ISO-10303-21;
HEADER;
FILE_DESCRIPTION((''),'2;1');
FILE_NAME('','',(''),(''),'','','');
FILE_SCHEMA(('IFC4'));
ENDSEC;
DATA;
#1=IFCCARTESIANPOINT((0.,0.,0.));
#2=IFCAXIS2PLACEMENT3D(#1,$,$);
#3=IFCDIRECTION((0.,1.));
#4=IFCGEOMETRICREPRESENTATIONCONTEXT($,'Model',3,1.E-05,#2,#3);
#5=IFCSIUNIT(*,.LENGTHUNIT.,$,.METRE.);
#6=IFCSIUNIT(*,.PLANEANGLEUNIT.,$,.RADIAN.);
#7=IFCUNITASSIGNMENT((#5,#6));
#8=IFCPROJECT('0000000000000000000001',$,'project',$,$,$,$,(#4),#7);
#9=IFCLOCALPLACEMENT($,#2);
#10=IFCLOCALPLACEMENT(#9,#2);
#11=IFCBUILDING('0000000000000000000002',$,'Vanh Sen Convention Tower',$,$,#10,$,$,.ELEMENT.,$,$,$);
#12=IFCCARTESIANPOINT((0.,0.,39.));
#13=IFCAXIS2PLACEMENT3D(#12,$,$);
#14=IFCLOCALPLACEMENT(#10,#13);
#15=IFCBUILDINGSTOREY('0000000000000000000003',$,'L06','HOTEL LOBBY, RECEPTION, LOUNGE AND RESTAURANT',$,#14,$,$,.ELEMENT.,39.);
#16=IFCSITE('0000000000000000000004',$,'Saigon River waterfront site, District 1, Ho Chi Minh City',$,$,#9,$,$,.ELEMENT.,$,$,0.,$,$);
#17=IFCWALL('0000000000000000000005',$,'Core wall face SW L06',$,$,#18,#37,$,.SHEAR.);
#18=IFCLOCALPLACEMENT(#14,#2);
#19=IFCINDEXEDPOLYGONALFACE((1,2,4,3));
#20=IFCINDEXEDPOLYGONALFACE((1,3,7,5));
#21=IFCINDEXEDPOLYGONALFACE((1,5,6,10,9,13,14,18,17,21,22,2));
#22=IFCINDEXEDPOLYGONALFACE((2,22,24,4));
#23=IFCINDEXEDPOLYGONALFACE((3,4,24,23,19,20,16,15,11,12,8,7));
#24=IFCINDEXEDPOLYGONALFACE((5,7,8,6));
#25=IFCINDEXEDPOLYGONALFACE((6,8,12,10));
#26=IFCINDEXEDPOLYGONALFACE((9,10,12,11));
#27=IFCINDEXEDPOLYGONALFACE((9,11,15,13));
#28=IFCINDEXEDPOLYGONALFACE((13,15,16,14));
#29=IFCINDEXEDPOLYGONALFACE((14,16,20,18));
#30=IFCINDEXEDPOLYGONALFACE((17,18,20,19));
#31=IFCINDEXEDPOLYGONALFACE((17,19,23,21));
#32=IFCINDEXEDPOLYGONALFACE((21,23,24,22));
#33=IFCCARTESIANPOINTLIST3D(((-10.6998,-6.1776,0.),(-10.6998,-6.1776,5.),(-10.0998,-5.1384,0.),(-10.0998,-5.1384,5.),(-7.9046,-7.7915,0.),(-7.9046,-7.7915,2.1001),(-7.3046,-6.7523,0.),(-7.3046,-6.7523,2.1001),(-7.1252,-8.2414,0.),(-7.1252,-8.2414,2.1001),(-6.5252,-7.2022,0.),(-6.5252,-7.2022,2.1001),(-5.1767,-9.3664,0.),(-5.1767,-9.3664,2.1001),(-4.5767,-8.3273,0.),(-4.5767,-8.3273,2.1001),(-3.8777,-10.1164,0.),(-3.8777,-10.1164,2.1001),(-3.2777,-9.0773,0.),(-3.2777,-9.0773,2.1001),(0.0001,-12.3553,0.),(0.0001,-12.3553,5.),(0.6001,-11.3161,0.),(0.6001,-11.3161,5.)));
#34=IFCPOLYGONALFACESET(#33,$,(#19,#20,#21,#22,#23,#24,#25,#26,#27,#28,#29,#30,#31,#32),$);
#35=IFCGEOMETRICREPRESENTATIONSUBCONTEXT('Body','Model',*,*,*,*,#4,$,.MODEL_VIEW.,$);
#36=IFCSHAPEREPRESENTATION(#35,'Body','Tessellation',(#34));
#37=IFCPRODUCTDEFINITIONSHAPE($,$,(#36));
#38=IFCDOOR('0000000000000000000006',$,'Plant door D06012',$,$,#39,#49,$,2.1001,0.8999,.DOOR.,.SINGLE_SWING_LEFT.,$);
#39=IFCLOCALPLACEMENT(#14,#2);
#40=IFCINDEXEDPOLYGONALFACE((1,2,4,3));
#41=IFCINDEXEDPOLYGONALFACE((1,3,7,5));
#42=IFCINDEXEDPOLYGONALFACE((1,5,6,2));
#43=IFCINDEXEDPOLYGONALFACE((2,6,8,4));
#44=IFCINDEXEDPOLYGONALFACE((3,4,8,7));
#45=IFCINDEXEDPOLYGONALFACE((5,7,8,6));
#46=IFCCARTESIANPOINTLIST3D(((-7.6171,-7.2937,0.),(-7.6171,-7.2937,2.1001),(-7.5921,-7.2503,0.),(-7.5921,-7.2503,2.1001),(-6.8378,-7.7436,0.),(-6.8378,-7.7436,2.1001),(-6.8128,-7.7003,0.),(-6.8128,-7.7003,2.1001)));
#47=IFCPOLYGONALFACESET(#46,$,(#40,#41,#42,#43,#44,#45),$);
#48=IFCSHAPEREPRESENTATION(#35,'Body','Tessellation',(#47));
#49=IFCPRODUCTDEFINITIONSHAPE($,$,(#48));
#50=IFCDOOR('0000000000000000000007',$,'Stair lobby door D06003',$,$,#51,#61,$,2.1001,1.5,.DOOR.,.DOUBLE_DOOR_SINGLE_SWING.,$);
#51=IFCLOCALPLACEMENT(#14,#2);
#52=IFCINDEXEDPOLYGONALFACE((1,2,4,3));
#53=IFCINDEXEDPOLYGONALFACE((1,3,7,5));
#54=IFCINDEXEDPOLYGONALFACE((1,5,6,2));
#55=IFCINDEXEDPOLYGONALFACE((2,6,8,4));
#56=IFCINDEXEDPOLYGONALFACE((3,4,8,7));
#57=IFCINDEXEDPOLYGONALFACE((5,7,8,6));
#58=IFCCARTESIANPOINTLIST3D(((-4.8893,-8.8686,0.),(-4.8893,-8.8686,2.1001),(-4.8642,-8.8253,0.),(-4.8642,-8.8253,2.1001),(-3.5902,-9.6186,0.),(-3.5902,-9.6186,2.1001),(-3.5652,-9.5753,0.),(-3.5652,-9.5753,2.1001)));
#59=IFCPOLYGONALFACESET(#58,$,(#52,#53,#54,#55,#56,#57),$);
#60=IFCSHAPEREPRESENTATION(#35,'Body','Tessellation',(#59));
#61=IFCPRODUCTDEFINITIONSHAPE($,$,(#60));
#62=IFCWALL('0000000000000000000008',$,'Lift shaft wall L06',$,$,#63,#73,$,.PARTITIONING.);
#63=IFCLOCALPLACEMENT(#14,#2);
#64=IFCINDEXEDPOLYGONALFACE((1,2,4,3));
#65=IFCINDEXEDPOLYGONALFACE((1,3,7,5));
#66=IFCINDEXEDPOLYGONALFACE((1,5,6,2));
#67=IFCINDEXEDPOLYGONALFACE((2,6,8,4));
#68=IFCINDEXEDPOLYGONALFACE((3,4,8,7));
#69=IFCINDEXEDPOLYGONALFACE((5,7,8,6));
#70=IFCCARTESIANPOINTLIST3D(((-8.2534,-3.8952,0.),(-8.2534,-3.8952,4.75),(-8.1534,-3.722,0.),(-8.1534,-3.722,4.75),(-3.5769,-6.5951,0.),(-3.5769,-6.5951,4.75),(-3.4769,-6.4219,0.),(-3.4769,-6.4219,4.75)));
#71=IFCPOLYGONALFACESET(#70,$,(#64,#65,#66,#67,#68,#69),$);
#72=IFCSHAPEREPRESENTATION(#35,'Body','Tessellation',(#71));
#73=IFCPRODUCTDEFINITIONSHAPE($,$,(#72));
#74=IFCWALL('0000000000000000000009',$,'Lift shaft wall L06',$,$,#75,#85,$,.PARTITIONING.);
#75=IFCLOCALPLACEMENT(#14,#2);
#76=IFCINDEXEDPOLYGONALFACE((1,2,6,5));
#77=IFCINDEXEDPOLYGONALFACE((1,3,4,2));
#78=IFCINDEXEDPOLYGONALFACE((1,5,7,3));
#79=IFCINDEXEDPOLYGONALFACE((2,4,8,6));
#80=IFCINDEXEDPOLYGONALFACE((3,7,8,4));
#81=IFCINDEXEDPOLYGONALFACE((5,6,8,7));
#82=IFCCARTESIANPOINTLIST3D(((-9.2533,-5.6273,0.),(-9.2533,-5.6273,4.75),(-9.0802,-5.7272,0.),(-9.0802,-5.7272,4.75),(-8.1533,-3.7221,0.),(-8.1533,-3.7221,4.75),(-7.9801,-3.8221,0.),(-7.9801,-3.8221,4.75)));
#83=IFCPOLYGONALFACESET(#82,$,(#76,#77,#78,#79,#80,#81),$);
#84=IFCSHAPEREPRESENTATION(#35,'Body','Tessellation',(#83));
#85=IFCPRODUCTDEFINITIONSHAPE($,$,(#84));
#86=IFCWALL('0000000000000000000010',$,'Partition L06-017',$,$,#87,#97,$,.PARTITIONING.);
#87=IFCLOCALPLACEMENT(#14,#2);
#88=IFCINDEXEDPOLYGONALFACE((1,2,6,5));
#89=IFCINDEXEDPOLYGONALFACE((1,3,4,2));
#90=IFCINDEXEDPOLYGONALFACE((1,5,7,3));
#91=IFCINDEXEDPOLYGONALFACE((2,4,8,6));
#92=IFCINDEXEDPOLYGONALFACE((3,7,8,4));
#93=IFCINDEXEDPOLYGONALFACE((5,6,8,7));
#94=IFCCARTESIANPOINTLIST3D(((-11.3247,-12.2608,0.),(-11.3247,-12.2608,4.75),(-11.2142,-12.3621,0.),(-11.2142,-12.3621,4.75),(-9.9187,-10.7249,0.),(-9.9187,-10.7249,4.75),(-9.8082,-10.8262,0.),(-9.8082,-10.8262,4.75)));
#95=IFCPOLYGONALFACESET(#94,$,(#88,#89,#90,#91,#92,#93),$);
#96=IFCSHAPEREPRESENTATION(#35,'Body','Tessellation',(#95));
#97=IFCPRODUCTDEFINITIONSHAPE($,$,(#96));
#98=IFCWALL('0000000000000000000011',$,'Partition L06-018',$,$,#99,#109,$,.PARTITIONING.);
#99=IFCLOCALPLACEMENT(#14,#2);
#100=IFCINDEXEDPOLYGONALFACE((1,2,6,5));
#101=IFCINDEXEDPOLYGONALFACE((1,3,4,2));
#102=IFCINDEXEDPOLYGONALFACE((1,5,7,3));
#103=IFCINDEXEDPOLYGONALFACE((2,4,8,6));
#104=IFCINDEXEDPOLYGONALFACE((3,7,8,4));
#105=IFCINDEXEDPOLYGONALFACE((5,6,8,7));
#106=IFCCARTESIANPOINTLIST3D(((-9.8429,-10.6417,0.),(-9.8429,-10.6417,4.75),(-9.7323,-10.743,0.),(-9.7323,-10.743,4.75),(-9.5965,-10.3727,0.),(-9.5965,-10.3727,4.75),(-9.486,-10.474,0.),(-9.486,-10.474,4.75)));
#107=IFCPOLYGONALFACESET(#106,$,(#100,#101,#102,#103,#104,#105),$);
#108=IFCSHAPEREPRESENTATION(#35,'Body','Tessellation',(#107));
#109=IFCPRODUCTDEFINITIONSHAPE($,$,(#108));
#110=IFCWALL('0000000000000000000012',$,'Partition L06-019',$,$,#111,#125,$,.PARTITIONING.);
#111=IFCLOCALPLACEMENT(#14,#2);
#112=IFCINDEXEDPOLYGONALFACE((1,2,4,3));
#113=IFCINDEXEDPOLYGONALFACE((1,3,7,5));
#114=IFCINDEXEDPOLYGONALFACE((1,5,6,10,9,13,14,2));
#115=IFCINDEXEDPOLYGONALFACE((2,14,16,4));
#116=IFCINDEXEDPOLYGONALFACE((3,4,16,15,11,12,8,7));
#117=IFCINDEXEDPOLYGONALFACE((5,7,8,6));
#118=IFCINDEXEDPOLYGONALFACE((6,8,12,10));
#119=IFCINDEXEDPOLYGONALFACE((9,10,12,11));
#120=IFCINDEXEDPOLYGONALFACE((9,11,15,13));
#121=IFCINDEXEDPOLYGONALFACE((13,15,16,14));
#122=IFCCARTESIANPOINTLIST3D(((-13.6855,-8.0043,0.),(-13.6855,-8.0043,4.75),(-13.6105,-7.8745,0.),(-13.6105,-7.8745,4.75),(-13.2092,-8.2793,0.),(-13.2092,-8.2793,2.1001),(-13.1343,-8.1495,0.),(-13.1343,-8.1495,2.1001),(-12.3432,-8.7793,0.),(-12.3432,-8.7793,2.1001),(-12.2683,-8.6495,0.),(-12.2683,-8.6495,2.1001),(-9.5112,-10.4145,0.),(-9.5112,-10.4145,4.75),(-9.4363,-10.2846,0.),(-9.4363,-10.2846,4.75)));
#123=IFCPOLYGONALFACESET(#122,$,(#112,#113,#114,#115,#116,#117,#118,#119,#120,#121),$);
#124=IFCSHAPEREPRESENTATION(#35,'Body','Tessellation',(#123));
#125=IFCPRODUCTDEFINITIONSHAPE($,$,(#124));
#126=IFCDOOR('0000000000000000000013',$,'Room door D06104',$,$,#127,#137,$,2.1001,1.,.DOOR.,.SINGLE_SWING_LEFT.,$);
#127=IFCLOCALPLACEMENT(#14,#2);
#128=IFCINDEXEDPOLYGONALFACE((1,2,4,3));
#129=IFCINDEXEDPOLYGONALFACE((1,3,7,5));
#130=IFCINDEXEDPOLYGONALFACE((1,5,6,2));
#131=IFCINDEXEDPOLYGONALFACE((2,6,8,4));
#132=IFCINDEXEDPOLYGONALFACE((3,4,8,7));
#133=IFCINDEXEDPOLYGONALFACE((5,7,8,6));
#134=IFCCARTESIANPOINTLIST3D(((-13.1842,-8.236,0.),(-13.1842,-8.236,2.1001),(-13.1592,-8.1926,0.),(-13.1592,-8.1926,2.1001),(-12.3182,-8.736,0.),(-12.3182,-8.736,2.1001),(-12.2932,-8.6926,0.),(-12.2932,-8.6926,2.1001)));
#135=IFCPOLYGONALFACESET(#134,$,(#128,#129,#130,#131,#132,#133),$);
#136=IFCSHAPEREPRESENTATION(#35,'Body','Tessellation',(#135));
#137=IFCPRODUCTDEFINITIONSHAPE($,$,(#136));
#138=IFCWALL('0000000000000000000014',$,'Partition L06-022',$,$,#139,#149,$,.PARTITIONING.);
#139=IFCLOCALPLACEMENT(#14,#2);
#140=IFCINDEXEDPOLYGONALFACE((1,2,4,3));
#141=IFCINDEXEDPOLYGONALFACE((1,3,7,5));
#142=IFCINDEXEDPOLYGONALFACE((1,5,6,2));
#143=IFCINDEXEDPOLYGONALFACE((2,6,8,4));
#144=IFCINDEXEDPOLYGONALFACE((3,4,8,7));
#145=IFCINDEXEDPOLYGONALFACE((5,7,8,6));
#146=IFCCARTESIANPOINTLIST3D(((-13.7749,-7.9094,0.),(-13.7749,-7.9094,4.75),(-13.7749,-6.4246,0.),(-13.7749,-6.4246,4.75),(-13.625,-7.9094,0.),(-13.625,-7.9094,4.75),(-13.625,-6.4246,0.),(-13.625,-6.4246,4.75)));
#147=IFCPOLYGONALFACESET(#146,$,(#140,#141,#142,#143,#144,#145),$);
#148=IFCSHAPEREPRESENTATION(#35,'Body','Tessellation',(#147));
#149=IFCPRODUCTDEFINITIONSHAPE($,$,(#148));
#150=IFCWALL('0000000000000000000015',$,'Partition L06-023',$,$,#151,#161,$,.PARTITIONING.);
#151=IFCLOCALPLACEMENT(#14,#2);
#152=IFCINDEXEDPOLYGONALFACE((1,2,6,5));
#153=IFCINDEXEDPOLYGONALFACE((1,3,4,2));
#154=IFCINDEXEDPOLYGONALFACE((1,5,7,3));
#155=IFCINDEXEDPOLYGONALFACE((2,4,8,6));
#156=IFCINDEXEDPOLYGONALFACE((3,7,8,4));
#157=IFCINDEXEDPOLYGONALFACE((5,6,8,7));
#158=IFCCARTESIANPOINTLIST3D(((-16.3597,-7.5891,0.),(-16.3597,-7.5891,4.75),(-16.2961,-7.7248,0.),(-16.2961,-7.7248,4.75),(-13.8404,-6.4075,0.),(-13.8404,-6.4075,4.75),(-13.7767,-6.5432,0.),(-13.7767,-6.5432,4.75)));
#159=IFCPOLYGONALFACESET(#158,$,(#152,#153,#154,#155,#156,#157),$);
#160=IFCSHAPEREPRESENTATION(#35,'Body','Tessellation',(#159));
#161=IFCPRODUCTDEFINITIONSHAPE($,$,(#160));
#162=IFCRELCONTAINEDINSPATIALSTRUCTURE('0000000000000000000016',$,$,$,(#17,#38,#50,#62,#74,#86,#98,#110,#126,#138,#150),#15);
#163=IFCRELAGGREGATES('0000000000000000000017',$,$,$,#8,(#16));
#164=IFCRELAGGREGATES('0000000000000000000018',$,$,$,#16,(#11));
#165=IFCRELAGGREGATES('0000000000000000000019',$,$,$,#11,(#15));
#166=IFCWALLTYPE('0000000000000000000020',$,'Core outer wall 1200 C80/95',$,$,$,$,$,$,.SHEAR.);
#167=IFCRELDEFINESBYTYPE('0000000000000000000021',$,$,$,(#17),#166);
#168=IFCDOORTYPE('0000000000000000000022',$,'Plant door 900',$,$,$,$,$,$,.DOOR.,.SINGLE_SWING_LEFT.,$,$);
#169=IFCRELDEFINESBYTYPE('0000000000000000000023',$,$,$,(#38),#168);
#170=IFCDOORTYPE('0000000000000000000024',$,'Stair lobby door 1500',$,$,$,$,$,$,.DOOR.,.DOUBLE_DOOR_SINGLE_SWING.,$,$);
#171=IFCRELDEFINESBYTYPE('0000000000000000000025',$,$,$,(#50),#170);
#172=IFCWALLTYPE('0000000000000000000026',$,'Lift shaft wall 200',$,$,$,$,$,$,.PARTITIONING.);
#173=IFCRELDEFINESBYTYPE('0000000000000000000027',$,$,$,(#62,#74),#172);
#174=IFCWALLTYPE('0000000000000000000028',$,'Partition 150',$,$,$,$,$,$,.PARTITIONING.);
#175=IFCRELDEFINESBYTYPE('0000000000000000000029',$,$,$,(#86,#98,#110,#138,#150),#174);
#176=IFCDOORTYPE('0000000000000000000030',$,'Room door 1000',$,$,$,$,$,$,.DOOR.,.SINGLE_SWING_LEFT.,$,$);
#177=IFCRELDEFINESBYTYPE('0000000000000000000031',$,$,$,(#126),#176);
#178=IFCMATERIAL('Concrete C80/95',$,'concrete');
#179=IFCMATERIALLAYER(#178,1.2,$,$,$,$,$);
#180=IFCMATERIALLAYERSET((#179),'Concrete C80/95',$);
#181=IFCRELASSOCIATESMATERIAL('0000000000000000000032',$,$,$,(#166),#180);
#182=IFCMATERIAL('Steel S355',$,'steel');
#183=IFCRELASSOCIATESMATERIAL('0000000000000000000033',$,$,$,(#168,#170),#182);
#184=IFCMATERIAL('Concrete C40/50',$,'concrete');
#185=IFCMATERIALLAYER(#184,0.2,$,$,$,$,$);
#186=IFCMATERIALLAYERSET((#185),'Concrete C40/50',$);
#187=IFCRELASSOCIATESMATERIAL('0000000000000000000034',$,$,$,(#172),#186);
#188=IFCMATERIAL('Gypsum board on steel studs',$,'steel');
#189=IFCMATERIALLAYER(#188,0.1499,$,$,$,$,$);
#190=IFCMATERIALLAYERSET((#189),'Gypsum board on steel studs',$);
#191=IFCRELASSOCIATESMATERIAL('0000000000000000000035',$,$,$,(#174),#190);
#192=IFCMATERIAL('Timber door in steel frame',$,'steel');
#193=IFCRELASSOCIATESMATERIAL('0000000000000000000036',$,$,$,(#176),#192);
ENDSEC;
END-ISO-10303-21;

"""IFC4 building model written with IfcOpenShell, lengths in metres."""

from ifc_helpers import new_model, si_unit, direction, frame, frame_2d, origin, place, context, subcontext, project, spatial, rectangle, extrude, material, layer, layer_set, type_object, element, fill, save


model = new_model("IFC4")

# Units and contexts
model_context = context("Model", 3, precision=1e-05, world=origin(), true_north=direction((0.0, 1.0)))
body_context = subcontext(model_context, "Body", "Model", "MODEL_VIEW")
ifc_project = project(units=[si_unit("LENGTHUNIT", "METRE"), si_unit("PLANEANGLEUNIT", "RADIAN")], contexts=[model_context])

# Site, building, storey
site_placement = place(None, origin())
site = spatial("IfcSite", under=ifc_project, at=site_placement, Name="Saigon River waterfront site, District 1, Ho Chi Minh City", CompositionType="ELEMENT", RefElevation=0.0)
building_placement = place(site_placement, origin())
building = spatial("IfcBuilding", under=site, at=building_placement, Name="Vanh Sen Convention Tower", CompositionType="ELEMENT")
storey_placement = place(building_placement, frame((0.0, 0.0, 39.0)))
storey = spatial("IfcBuildingStorey", under=building, at=storey_placement, Name="L06", Description="HOTEL LOBBY, RECEPTION, LOUNGE AND RESTAURANT", CompositionType="ELEMENT", Elevation=39.0)

# Wall, openings, doors
ifc_material_1 = material(Name="Concrete C80/95", Category="concrete")
ifc_layer_1 = layer(ifc_material_1, 1.2)
ifc_layer_set_1 = layer_set([ifc_layer_1], Name="Concrete C80/95")
wall_type_1 = type_object("IfcWallType", Name="Core outer wall 1200 C80/95", PredefinedType="SHEAR", material=ifc_layer_set_1)
wall_1_placement = place(storey_placement, frame((-10.3999, -5.658, 0.0), z_axis=(0.0, 0.0, 1.0), x_axis=(0.866021, -0.500007, 0.0)))
wall_1 = element("IfcWall", 1, at=wall_1_placement, inside=storey, type_object=wall_type_1, Name="Core wall face SW L06", PredefinedType="SHEAR", context=body_context, shape_type="SweptSolid", body=[
    extrude(rectangle(XDim=12.3552, YDim=1.2, at=frame_2d((6.1777, 0.0))), origin(), (0.0, 0.0, 1.0), 5.0),
])
opening_1_placement = place(wall_1_placement, frame((6.3777, 0.0, 0.0)))
opening_1 = element("IfcOpeningElement", 2, at=opening_1_placement, cuts=wall_1, PredefinedType="OPENING", context=body_context, shape_type="SweptSolid", body=[
    extrude(rectangle(XDim=1.5, YDim=2.1001, at=frame_2d((0.75, 1.05))), frame((0.0, 0.6099, 0.0), z_axis=(0.0, -1.0, 0.0), x_axis=(1.0, 0.0, 0.0)), (0.0, 0.0, 1.0), 1.22),
])
opening_2_placement = place(wall_1_placement, frame((3.2278, 0.0, 0.0)))
opening_2 = element("IfcOpeningElement", 3, at=opening_2_placement, cuts=wall_1, PredefinedType="OPENING", context=body_context, shape_type="SweptSolid", body=[
    extrude(rectangle(XDim=0.8999, YDim=2.1001, at=frame_2d((0.45, 1.05))), frame((0.0, 0.6099, 0.0), z_axis=(0.0, -1.0, 0.0), x_axis=(1.0, 0.0, 0.0)), (0.0, 0.0, 1.0), 1.22),
])
ifc_material_2 = material(Name="Steel S355", Category="steel")
door_type_1 = type_object("IfcDoorType", Name="Plant door 900", OperationType="SINGLE_SWING_LEFT", PredefinedType="DOOR", material=ifc_material_2)
door_1_placement = place(opening_2_placement, origin())
door_1 = element("IfcDoor", 4, at=door_1_placement, inside=storey, type_object=door_type_1, Name="Plant door D06012", OperationType="SINGLE_SWING_LEFT", OverallHeight=2.1001, OverallWidth=0.8999, PredefinedType="DOOR", context=body_context, shape_type="SweptSolid", body=[
    extrude(rectangle(XDim=0.8999, YDim=2.1001, at=frame_2d((0.45, 1.05))), frame((0.0, 0.0249, 0.0), z_axis=(0.0, -1.0, 0.0), x_axis=(1.0, 0.0, 0.0)), (0.0, 0.0, 1.0), 0.05),
])
fill(opening_2, door_1)
door_type_2 = type_object("IfcDoorType", Name="Stair lobby door 1500", OperationType="DOUBLE_DOOR_SINGLE_SWING", PredefinedType="DOOR", material=ifc_material_2)
door_2_placement = place(opening_1_placement, origin())
door_2 = element("IfcDoor", 5, at=door_2_placement, inside=storey, type_object=door_type_2, Name="Stair lobby door D06003", OperationType="DOUBLE_DOOR_SINGLE_SWING", OverallHeight=2.1001, OverallWidth=1.5, PredefinedType="DOOR", context=body_context, shape_type="SweptSolid", body=[
    extrude(rectangle(XDim=1.5, YDim=2.1001, at=frame_2d((0.75, 1.05))), frame((0.0, 0.0249, 0.0), z_axis=(0.0, -1.0, 0.0), x_axis=(1.0, 0.0, 0.0)), (0.0, 0.0, 1.0), 0.05),
])
fill(opening_1, door_2)

# Walls
ifc_material_3 = material(Name="Concrete C40/50", Category="concrete")
ifc_layer_2 = layer(ifc_material_3, 0.2)
ifc_layer_set_2 = layer_set([ifc_layer_2], Name="Concrete C40/50")
wall_type_2 = type_object("IfcWallType", Name="Lift shaft wall 200", PredefinedType="PARTITIONING", material=ifc_layer_set_2)
wall_2_placement = place(storey_placement, frame((-8.2034, -3.8086, 0.0), z_axis=(0.0, 0.0, 1.0), x_axis=(0.866028, -0.499995, 0.0)))
element("IfcWall", 6, at=wall_2_placement, inside=storey, type_object=wall_type_2, Name="Lift shaft wall L06", PredefinedType="PARTITIONING", context=body_context, shape_type="SweptSolid", body=[
    extrude(rectangle(XDim=5.3999, YDim=0.2, at=frame_2d((2.7, 0.0))), origin(), (0.0, 0.0, 1.0), 4.75),
])
wall_3_placement = place(storey_placement, frame((-8.0667, -3.772, 0.0), z_axis=(0.0, 0.0, 1.0), x_axis=(-0.50003, -0.866008, 0.0)))
element("IfcWall", 7, at=wall_3_placement, inside=storey, type_object=wall_type_2, Name="Lift shaft wall L06", PredefinedType="PARTITIONING", context=body_context, shape_type="SweptSolid", body=[
    extrude(rectangle(XDim=2.2, YDim=0.2, at=frame_2d((1.1001, 0.0))), origin(), (0.0, 0.0, 1.0), 4.75),
])
ifc_material_4 = material(Name="Gypsum board on steel studs", Category="steel")
ifc_layer_3 = layer(ifc_material_4, 0.1499)
ifc_layer_set_3 = layer_set([ifc_layer_3], Name="Gypsum board on steel studs")
wall_type_3 = type_object("IfcWallType", Name="Partition 150", PredefinedType="PARTITIONING", material=ifc_layer_set_3)
wall_4_placement = place(storey_placement, frame((-9.8635, -10.7756, 0.0), z_axis=(0.0, 0.0, 1.0), x_axis=(-0.675231, -0.737607, 0.0)))
element("IfcWall", 8, at=wall_4_placement, inside=storey, type_object=wall_type_3, Name="Partition L06-017", PredefinedType="PARTITIONING", context=body_context, shape_type="SweptSolid", body=[
    extrude(rectangle(XDim=2.0823, YDim=0.1499, at=frame_2d((1.041, 0.0))), origin(), (0.0, 0.0, 1.0), 4.75),
])
wall_5_placement = place(storey_placement, frame((-9.5413, -10.4233, 0.0), z_axis=(0.0, 0.0, 1.0), x_axis=(-0.6753, -0.737543, 0.0)))
element("IfcWall", 9, at=wall_5_placement, inside=storey, type_object=wall_type_3, Name="Partition L06-018", PredefinedType="PARTITIONING", context=body_context, shape_type="SweptSolid", body=[
    extrude(rectangle(XDim=0.3647, YDim=0.1499, at=frame_2d((0.1824, 0.0))), origin(), (0.0, 0.0, 1.0), 4.75),
])

# Wall, opening, door
wall_6_placement = place(storey_placement, frame((-9.4736, -10.3496, 0.0), z_axis=(0.0, 0.0, 1.0), x_axis=(-0.866015, 0.500018, 0.0)))
wall_6 = element("IfcWall", 10, at=wall_6_placement, inside=storey, type_object=wall_type_3, Name="Partition L06-019", PredefinedType="PARTITIONING", context=body_context, shape_type="SweptSolid", body=[
    extrude(rectangle(XDim=4.8201, YDim=0.1499, at=frame_2d((2.4102, 0.0))), origin(), (0.0, 0.0, 1.0), 4.75),
])
opening_3_placement = place(wall_6_placement, frame((3.2703, 0.0, 0.0)))
opening_3 = element("IfcOpeningElement", 11, at=opening_3_placement, cuts=wall_6, PredefinedType="OPENING", context=body_context, shape_type="SweptSolid", body=[
    extrude(rectangle(XDim=1.0, YDim=2.1001, at=frame_2d((0.5, 1.05))), frame((0.0, 0.085, 0.0), z_axis=(0.0, -1.0, 0.0), x_axis=(1.0, 0.0, 0.0)), (0.0, 0.0, 1.0), 0.1699),
])
ifc_material_5 = material(Name="Timber door in steel frame", Category="steel")
door_type_3 = type_object("IfcDoorType", Name="Room door 1000", OperationType="SINGLE_SWING_LEFT", PredefinedType="DOOR", material=ifc_material_5)
door_3_placement = place(opening_3_placement, origin())
door_3 = element("IfcDoor", 12, at=door_3_placement, inside=storey, type_object=door_type_3, Name="Room door D06104", OperationType="SINGLE_SWING_LEFT", OverallHeight=2.1001, OverallWidth=1.0, PredefinedType="DOOR", context=body_context, shape_type="SweptSolid", body=[
    extrude(rectangle(XDim=1.0, YDim=2.1001, at=frame_2d((0.5, 1.05))), frame((0.0, 0.0249, 0.0), z_axis=(0.0, -1.0, 0.0), x_axis=(1.0, 0.0, 0.0)), (0.0, 0.0, 1.0), 0.05),
])
fill(opening_3, door_3)

# Walls
wall_7_placement = place(storey_placement, frame((-13.7, -7.9094, 0.0), z_axis=(0.0, 0.0, 1.0), x_axis=(0.0, 1.0, 0.0)))
element("IfcWall", 13, at=wall_7_placement, inside=storey, type_object=wall_type_3, Name="Partition L06-022", PredefinedType="PARTITIONING", context=body_context, shape_type="SweptSolid", body=[
    extrude(rectangle(XDim=1.4849, YDim=0.1499, at=frame_2d((0.7424, 0.0))), origin(), (0.0, 0.0, 1.0), 4.75),
])
wall_8_placement = place(storey_placement, frame((-16.3279, -7.657, 0.0), z_axis=(0.0, 0.0, 1.0), x_axis=(0.905359, 0.424647, 0.0)))
element("IfcWall", 14, at=wall_8_placement, inside=storey, type_object=wall_type_3, Name="Partition L06-023", PredefinedType="PARTITIONING", context=body_context, shape_type="SweptSolid", body=[
    extrude(rectangle(XDim=2.7827, YDim=0.1499, at=frame_2d((1.3914, 0.0))), origin(), (0.0, 0.0, 1.0), 4.75),
])

save(model, "model.ifc")
